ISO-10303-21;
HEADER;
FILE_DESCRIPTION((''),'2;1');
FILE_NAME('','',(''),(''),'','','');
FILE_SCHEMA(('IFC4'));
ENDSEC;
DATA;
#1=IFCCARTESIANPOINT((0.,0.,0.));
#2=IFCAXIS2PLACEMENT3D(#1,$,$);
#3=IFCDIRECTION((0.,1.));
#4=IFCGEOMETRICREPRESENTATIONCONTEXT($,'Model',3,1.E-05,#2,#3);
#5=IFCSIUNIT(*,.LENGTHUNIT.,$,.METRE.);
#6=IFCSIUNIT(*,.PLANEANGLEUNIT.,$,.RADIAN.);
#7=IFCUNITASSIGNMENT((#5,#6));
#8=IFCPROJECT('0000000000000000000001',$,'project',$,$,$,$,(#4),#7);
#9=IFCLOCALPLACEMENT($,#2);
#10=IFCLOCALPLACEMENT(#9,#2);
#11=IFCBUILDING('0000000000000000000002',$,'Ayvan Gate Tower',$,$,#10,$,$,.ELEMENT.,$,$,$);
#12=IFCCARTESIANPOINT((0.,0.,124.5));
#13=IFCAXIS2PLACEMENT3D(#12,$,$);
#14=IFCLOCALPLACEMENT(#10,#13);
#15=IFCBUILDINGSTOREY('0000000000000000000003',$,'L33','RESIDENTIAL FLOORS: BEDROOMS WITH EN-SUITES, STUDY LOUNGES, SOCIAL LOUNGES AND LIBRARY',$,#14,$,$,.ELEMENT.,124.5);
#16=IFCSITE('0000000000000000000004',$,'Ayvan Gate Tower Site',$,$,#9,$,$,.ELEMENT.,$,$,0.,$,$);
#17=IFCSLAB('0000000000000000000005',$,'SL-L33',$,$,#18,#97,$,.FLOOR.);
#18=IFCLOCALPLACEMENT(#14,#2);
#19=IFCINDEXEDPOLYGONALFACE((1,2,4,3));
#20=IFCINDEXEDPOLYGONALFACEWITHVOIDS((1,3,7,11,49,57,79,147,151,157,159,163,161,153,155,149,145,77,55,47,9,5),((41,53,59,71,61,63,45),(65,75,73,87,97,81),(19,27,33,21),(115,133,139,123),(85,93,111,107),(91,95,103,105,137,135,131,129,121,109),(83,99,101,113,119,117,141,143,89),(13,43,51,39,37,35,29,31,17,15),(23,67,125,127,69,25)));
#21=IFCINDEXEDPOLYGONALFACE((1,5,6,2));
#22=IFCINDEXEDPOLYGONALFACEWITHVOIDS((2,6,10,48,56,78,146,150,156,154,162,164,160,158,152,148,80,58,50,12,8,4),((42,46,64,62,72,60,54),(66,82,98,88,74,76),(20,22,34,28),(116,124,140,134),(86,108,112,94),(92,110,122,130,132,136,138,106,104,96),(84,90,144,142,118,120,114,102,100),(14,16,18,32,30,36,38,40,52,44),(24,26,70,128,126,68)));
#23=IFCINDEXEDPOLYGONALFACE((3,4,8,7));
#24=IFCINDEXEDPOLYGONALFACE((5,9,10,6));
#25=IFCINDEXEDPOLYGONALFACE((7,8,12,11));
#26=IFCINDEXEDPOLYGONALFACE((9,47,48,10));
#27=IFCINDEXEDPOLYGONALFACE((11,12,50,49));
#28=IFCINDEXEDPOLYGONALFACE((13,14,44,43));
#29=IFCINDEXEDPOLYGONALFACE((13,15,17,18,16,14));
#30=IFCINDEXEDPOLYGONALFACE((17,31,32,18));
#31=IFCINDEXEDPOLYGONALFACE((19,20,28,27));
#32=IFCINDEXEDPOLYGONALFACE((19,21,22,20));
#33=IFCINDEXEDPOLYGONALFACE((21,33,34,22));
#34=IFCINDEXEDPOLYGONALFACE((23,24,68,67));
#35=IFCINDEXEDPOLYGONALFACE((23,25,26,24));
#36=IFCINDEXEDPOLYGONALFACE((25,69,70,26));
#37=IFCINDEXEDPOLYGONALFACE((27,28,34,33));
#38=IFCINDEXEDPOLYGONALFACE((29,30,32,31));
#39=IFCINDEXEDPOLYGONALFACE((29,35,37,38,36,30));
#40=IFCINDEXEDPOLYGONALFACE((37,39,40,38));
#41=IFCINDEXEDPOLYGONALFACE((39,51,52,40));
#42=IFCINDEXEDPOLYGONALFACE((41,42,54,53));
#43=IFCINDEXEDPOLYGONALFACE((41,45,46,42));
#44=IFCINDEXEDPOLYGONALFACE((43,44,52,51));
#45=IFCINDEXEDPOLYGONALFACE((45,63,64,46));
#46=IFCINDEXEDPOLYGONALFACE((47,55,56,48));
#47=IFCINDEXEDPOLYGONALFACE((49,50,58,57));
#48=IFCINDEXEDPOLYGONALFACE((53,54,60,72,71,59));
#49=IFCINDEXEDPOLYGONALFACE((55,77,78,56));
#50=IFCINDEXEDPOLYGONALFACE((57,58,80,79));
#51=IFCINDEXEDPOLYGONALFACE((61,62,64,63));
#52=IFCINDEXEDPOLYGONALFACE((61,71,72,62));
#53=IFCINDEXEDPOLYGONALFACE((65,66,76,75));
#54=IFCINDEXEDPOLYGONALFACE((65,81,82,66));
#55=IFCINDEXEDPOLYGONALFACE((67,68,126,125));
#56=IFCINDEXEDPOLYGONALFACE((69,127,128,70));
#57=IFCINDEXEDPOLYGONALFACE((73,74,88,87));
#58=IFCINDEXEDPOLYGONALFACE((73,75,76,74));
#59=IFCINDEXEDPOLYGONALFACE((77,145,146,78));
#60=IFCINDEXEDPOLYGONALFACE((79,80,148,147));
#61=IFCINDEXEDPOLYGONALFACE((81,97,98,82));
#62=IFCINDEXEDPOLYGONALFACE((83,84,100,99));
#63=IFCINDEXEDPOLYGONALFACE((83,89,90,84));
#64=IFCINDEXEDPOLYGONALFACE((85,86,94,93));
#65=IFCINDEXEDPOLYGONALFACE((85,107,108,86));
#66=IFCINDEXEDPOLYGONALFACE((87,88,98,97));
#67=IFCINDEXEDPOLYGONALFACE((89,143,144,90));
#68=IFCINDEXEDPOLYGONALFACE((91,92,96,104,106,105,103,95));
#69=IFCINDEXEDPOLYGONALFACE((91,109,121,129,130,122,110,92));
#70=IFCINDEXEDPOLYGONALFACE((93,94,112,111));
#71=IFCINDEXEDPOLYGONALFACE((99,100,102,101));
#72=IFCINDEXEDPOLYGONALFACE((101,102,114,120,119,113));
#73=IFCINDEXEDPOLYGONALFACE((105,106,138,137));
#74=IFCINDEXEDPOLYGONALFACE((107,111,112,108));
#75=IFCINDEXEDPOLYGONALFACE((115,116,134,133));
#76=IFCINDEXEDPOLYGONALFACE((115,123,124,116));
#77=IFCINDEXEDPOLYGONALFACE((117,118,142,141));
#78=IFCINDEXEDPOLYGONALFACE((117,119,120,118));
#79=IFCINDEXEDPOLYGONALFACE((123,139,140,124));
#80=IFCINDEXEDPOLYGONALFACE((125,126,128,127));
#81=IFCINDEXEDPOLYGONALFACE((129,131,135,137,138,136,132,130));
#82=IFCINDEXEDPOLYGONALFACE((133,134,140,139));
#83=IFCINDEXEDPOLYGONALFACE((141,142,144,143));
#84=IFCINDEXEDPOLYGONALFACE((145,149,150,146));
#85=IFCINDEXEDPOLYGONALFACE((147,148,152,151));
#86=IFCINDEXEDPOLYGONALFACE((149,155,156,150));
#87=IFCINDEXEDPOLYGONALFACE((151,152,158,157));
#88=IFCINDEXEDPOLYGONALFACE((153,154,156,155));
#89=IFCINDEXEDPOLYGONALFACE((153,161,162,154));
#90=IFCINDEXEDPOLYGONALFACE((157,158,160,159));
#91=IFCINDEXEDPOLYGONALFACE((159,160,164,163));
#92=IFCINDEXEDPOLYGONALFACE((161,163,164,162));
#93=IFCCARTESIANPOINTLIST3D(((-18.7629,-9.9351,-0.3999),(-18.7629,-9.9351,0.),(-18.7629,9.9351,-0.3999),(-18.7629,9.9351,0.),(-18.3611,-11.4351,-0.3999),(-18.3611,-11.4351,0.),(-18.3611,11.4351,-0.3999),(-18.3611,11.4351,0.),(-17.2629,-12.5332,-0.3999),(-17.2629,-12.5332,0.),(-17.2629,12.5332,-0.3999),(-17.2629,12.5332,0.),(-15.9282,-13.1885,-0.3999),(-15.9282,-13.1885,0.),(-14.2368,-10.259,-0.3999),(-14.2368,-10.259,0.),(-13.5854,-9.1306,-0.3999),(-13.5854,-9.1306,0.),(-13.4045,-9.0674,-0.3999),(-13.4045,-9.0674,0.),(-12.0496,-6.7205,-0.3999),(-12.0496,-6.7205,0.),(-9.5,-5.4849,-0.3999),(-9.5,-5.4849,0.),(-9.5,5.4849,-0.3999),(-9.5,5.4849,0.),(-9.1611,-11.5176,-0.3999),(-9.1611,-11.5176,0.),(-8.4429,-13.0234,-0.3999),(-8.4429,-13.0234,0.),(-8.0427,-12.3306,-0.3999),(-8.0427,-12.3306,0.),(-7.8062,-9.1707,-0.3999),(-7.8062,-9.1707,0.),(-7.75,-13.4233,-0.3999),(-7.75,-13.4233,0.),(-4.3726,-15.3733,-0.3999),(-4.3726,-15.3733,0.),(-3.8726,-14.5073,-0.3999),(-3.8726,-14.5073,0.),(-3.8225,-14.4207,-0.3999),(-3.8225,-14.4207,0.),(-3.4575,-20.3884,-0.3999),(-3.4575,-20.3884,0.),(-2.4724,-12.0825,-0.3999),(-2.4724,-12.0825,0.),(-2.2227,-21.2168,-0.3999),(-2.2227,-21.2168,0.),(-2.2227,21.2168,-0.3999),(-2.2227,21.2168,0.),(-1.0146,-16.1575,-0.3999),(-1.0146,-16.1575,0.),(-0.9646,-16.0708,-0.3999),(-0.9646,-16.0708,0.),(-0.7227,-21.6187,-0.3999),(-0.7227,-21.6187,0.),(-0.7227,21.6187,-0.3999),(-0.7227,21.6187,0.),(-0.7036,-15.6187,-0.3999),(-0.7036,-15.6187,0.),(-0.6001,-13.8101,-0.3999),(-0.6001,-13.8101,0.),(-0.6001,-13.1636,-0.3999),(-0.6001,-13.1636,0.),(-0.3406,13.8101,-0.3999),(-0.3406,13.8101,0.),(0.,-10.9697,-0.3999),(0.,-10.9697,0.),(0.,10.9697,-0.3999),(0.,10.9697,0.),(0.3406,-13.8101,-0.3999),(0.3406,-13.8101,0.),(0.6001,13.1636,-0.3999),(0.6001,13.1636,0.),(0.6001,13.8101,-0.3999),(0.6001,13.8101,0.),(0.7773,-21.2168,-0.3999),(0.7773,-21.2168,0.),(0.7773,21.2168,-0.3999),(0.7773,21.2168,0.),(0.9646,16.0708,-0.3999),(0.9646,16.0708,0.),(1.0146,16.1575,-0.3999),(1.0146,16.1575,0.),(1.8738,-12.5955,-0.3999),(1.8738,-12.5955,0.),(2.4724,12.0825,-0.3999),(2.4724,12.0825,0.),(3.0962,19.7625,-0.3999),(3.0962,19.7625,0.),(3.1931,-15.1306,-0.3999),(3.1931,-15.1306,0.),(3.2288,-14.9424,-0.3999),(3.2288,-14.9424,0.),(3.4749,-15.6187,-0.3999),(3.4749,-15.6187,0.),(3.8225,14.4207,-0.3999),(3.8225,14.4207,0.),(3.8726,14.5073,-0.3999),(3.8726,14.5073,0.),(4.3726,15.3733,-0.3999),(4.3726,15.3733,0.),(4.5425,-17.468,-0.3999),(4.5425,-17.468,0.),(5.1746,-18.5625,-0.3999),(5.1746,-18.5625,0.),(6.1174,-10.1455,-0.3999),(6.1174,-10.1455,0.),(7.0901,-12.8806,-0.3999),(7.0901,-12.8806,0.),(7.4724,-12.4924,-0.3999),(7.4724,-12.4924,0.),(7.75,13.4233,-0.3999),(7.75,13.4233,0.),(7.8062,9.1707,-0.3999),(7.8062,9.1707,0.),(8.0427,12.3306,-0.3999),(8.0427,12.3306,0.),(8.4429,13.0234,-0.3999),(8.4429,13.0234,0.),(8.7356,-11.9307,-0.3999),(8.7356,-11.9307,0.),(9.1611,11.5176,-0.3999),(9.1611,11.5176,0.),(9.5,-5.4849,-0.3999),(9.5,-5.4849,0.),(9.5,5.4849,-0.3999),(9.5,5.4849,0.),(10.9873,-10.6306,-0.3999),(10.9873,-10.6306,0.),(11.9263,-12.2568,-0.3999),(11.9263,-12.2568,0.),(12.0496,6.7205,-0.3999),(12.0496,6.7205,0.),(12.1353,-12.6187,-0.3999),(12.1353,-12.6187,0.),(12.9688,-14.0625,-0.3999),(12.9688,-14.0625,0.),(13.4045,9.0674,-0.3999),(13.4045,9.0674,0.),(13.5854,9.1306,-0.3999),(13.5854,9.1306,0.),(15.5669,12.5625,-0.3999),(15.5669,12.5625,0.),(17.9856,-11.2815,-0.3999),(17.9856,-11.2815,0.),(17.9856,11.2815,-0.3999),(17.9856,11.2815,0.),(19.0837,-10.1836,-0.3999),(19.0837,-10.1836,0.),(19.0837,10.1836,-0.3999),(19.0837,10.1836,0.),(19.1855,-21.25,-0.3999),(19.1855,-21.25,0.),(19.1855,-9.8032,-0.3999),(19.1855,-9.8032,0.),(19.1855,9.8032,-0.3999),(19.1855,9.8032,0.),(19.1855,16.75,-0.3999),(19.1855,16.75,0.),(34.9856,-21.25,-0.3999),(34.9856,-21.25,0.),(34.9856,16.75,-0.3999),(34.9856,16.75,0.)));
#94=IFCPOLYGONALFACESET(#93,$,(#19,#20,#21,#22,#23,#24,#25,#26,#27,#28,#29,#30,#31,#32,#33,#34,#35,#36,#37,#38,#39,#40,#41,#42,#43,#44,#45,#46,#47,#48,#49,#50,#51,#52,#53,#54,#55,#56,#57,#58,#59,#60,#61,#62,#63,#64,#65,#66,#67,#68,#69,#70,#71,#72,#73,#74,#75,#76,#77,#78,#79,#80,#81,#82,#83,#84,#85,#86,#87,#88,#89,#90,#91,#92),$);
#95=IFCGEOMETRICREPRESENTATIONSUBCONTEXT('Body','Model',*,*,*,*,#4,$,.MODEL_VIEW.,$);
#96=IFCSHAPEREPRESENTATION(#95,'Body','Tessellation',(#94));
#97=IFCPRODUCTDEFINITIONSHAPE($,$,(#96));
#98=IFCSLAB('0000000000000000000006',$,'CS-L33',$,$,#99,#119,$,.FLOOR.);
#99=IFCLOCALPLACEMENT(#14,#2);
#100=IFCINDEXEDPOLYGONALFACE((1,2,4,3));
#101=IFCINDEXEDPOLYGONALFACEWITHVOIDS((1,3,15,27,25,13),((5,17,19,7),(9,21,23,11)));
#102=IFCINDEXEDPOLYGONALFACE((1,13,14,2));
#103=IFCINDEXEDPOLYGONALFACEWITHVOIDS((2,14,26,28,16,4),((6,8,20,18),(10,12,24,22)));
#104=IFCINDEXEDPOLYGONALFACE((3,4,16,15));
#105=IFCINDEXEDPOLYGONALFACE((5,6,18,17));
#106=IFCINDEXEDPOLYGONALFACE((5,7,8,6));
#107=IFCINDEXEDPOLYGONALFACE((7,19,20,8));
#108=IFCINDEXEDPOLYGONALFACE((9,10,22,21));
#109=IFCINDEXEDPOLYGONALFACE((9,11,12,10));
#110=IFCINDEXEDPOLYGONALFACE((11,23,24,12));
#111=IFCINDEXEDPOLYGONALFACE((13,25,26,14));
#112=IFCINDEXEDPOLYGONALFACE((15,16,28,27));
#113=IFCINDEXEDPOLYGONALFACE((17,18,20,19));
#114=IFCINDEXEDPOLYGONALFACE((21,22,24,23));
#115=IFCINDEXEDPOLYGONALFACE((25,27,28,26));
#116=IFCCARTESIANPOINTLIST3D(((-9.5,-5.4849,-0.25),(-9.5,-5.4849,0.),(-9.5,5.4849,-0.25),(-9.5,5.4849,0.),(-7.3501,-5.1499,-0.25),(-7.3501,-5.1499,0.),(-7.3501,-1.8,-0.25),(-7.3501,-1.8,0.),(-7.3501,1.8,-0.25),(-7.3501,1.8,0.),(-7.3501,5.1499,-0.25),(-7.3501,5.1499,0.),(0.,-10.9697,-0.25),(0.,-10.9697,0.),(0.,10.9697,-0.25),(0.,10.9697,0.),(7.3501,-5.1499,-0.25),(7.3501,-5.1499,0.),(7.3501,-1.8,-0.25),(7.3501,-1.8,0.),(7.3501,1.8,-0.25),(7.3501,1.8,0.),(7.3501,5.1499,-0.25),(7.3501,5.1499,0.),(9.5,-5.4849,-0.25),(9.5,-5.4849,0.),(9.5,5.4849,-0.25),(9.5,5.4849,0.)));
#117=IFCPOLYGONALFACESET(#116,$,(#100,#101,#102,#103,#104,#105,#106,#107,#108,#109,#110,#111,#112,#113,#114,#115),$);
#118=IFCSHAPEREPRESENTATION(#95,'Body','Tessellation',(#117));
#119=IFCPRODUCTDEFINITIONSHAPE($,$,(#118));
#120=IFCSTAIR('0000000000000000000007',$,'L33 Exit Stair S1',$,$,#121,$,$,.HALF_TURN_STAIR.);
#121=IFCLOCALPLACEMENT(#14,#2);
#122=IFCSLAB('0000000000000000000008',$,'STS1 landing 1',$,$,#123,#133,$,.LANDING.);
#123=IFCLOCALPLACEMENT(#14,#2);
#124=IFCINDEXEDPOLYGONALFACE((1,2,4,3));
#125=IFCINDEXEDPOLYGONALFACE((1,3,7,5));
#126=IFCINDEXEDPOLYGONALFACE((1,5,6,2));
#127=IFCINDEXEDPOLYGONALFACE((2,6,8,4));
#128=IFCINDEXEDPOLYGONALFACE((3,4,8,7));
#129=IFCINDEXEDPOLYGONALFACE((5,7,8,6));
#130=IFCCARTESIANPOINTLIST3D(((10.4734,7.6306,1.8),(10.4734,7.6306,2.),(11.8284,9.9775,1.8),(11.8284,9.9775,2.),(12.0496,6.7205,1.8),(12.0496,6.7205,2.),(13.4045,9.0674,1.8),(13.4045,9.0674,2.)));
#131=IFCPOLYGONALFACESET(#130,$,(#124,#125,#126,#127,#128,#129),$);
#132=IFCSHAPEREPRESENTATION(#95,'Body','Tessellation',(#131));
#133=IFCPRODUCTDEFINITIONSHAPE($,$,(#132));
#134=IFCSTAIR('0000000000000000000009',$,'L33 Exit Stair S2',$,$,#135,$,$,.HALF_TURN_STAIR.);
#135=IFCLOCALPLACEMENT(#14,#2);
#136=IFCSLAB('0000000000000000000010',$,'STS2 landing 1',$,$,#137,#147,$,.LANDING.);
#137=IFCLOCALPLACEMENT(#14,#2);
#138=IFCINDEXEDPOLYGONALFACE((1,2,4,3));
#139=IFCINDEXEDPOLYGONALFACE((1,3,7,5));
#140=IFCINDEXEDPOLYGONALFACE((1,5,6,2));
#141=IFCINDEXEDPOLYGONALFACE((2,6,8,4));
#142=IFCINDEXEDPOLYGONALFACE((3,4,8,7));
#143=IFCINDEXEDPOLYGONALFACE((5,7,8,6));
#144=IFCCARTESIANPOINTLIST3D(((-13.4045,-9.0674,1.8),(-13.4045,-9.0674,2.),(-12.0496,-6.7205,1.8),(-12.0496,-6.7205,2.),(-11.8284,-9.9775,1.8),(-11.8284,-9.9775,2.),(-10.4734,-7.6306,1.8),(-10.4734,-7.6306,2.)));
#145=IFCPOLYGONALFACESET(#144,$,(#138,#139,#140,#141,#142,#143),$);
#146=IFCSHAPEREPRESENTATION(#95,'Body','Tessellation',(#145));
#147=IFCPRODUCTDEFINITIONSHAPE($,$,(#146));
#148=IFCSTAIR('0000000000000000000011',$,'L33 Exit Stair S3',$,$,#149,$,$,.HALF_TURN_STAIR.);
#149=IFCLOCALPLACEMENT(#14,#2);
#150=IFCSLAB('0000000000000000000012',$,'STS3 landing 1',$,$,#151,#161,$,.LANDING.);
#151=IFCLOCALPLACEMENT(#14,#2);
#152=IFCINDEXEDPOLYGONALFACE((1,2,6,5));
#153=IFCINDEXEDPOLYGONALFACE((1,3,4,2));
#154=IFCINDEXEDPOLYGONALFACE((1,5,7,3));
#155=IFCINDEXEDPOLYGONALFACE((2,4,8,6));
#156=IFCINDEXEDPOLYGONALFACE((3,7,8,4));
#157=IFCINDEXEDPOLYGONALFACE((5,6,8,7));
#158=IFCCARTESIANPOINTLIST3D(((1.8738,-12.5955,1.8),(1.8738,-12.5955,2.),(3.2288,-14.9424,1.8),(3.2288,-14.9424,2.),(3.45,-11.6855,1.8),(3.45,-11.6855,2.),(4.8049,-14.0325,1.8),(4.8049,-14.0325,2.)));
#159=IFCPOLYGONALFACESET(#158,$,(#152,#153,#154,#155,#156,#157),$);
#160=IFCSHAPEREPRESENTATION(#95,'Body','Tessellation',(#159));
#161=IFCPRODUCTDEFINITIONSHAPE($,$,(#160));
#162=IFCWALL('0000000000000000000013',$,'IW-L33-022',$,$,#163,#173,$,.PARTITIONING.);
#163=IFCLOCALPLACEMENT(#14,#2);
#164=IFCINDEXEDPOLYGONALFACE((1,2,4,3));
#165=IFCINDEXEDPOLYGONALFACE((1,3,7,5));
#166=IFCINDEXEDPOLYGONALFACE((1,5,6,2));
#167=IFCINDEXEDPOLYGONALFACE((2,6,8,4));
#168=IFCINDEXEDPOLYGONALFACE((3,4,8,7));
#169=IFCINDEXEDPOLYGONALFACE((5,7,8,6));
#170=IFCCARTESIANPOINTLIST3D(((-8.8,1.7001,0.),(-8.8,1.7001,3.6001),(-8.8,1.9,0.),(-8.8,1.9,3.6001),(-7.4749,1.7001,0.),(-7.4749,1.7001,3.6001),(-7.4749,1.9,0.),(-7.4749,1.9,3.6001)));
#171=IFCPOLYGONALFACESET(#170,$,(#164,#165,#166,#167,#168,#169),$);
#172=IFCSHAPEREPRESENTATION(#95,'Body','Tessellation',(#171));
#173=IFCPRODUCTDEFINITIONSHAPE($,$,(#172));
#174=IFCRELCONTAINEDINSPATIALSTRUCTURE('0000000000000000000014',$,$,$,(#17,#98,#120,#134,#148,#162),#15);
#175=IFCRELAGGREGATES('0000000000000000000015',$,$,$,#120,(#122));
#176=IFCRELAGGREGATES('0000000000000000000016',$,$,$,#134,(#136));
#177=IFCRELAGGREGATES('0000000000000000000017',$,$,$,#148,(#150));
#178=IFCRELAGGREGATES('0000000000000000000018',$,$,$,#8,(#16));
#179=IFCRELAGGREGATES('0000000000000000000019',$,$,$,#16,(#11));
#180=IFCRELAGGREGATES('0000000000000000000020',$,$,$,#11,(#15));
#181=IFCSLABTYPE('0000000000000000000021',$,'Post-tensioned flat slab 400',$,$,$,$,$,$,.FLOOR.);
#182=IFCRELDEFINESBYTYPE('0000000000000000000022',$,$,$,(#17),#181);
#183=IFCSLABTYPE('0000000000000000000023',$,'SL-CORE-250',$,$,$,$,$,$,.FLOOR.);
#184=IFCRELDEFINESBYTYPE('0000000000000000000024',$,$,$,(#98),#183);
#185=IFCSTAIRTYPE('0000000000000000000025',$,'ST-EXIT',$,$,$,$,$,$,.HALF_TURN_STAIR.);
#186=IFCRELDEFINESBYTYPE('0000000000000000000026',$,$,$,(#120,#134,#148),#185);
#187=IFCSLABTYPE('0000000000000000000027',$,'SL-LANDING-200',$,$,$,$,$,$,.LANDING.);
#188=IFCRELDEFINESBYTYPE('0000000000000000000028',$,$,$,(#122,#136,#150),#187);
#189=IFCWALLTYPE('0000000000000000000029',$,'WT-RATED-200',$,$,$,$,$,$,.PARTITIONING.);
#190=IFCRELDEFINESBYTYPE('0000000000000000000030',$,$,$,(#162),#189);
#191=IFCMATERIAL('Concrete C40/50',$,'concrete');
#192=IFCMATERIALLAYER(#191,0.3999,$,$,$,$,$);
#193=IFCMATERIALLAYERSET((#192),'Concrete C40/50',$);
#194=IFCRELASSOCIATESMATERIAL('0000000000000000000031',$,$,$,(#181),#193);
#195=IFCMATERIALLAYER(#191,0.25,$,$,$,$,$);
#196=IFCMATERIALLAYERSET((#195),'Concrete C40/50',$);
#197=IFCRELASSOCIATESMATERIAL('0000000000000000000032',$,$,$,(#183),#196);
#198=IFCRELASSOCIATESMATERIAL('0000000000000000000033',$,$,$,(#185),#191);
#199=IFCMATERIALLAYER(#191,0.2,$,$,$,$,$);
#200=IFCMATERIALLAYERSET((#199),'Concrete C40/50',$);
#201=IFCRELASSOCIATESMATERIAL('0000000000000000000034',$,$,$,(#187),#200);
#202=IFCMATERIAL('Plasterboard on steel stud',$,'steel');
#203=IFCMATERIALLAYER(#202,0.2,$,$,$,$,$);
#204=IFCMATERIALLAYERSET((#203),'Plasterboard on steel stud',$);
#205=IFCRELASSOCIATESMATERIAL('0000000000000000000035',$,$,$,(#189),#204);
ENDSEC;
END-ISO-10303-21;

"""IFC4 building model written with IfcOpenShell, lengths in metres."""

from ifc_helpers import new_model, si_unit, direction, frame, frame_2d, origin, place, context, subcontext, project, spatial, polyline, rectangle, outline, extrude, material, layer, layer_set, type_object, element, aggregate, save


model = new_model("IFC4")

# Units and contexts
model_context = context("Model", 3, precision=1e-05, world=origin(), true_north=direction((0.0, 1.0)))
body_context = subcontext(model_context, "Body", "Model", "MODEL_VIEW")
ifc_project = project(units=[si_unit("LENGTHUNIT", "METRE"), si_unit("PLANEANGLEUNIT", "RADIAN")], contexts=[model_context])

# Site, building, storey
site_placement = place(None, origin())
site = spatial("IfcSite", under=ifc_project, at=site_placement, Name="Ayvan Gate Tower Site", CompositionType="ELEMENT", RefElevation=0.0)
building_placement = place(site_placement, origin())
building = spatial("IfcBuilding", under=site, at=building_placement, Name="Ayvan Gate Tower", CompositionType="ELEMENT")
storey_placement = place(building_placement, frame((0.0, 0.0, 124.5)))
storey = spatial("IfcBuildingStorey", under=building, at=storey_placement, Name="L33", Description="RESIDENTIAL FLOORS: BEDROOMS WITH EN-SUITES, STUDY LOUNGES, SOCIAL LOUNGES AND LIBRARY", CompositionType="ELEMENT", Elevation=124.5)

# Slabs
ifc_material_1 = material(Name="Concrete C40/50", Category="concrete")
ifc_layer_1 = layer(ifc_material_1, 0.3999)
ifc_layer_set_1 = layer_set([ifc_layer_1], Name="Concrete C40/50")
slab_type_1 = type_object("IfcSlabType", Name="Post-tensioned flat slab 400", PredefinedType="FLOOR", material=ifc_layer_set_1)
slab_1_placement = place(storey_placement, frame((0.0, 0.0, -0.3999)))
element("IfcSlab", 1, at=slab_1_placement, inside=storey, type_object=slab_type_1, Name="SL-L33", PredefinedType="FLOOR", context=body_context, shape_type="SweptSolid", body=[
    extrude(outline(polyline([(-2.2227, -21.2168), (-17.2629, -12.5332), (-18.3611, -11.4351), (-18.7629, -9.9351), (-18.7629, 9.9351), (-18.3611, 11.4351), (-17.2629, 12.5332), (-2.2227, 21.2168), (-0.7227, 21.6187), (0.7773, 21.2168), (17.9856, 11.2815), (19.0837, 10.1836), (19.1855, 9.8032), (19.1855, 16.75), (34.9856, 16.75), (34.9856, -21.25), (19.1855, -21.25), (19.1855, -9.8032), (19.0837, -10.1836), (17.9856, -11.2815), (0.7773, -21.2168), (-0.7227, -21.6187), (-2.2227, -21.2168)]), holes=[polyline([(8.4429, 13.0234), (8.0427, 12.3306), (13.5854, 9.1306), (15.5669, 12.5625), (3.0962, 19.7625), (1.0146, 16.1575), (3.8726, 14.5073), (4.3726, 15.3733), (7.75, 13.4233), (8.4429, 13.0234)]), polyline([(7.8062, 9.1707), (12.0496, 6.7205), (13.4045, 9.0674), (9.1611, 11.5176), (7.8062, 9.1707)]), polyline([(7.0901, -12.8806), (3.1931, -15.1306), (3.4749, -15.6187), (4.5425, -17.468), (5.1746, -18.5625), (12.9688, -14.0625), (12.1353, -12.6187), (11.9263, -12.2568), (10.9873, -10.6306), (8.7356, -11.9307), (7.0901, -12.8806)]), polyline([(-9.5, -5.4849), (0.0, -10.9697), (9.5, -5.4849), (9.5, 5.4849), (0.0, 10.9697), (-9.5, 5.4849), (-9.5, -5.4849)]), polyline([(6.1174, -10.1455), (1.8738, -12.5955), (3.2288, -14.9424), (7.4724, -12.4924), (6.1174, -10.1455)]), polyline([(0.9646, 16.0708), (-0.3406, 13.8101), (0.6001, 13.8101), (0.6001, 13.1636), (2.4724, 12.0825), (3.8225, 14.4207), (0.9646, 16.0708)]), polyline([(-0.6001, -13.1636), (-2.4724, -12.0825), (-3.8225, -14.4207), (-0.9646, -16.0708), (-0.7036, -15.6187), (0.3406, -13.8101), (-0.6001, -13.8101), (-0.6001, -13.1636)]), polyline([(-15.9282, -13.1885), (-3.4575, -20.3884), (-1.0146, -16.1575), (-3.8726, -14.5073), (-4.3726, -15.3733), (-7.75, -13.4233), (-8.4429, -13.0234), (-8.0427, -12.3306), (-13.5854, -9.1306), (-14.2368, -10.259), (-15.9282, -13.1885)]), polyline([(-13.4045, -9.0674), (-9.1611, -11.5176), (-7.8062, -9.1707), (-12.0496, -6.7205), (-13.4045, -9.0674)])]), origin(), (0.0, 0.0, 1.0), 0.3999),
])
ifc_layer_2 = layer(ifc_material_1, 0.25)
ifc_layer_set_2 = layer_set([ifc_layer_2], Name="Concrete C40/50")
slab_type_2 = type_object("IfcSlabType", Name="SL-CORE-250", PredefinedType="FLOOR", material=ifc_layer_set_2)
slab_2_placement = place(storey_placement, frame((0.0, 0.0, -0.25)))
element("IfcSlab", 2, at=slab_2_placement, inside=storey, type_object=slab_type_2, Name="CS-L33", PredefinedType="FLOOR", context=body_context, shape_type="SweptSolid", body=[
    extrude(outline(polyline([(9.5, -5.4849), (0.0, -10.9697), (-9.5, -5.4849), (-9.5, 5.4849), (0.0, 10.9697), (9.5, 5.4849), (9.5, -5.4849)]), holes=[polyline([(-7.3501, -1.8), (-7.3501, -5.1499), (7.3501, -5.1499), (7.3501, -1.8), (-7.3501, -1.8)]), polyline([(-7.3501, 5.1499), (-7.3501, 1.8), (7.3501, 1.8), (7.3501, 5.1499), (-7.3501, 5.1499)])]), origin(), (0.0, 0.0, 1.0), 0.25),
])

# Stairs, slabs
stair_type = type_object("IfcStairType", Name="ST-EXIT", PredefinedType="HALF_TURN_STAIR", material=ifc_material_1)
stair_1_placement = place(storey_placement, origin())
stair_1 = element("IfcStair", 3, at=stair_1_placement, inside=storey, type_object=stair_type, Name="L33 Exit Stair S1", PredefinedType="HALF_TURN_STAIR")
ifc_layer_3 = layer(ifc_material_1, 0.2)
ifc_layer_set_3 = layer_set([ifc_layer_3], Name="Concrete C40/50")
slab_type_3 = type_object("IfcSlabType", Name="SL-LANDING-200", PredefinedType="LANDING", material=ifc_layer_set_3)
slab_3_placement = place(storey_placement, frame((0.0, 0.0, 1.8)))
slab_3 = element("IfcSlab", 4, at=slab_3_placement, type_object=slab_type_3, Name="STS1 landing 1", PredefinedType="LANDING", context=body_context, shape_type="SweptSolid", body=[
    extrude(outline(polyline([(10.4734, 7.6306), (12.0496, 6.7205), (13.4045, 9.0674), (11.8284, 9.9775), (10.4734, 7.6306)])), origin(), (0.0, 0.0, 1.0), 0.2),
])
aggregate(stair_1, [slab_3])
stair_2_placement = place(storey_placement, origin())
stair_2 = element("IfcStair", 5, at=stair_2_placement, inside=storey, type_object=stair_type, Name="L33 Exit Stair S2", PredefinedType="HALF_TURN_STAIR")
slab_4_placement = place(storey_placement, frame((0.0, 0.0, 1.8)))
slab_4 = element("IfcSlab", 6, at=slab_4_placement, type_object=slab_type_3, Name="STS2 landing 1", PredefinedType="LANDING", context=body_context, shape_type="SweptSolid", body=[
    extrude(outline(polyline([(-10.4734, -7.6306), (-12.0496, -6.7205), (-13.4045, -9.0674), (-11.8284, -9.9775), (-10.4734, -7.6306)])), origin(), (0.0, 0.0, 1.0), 0.2),
])
aggregate(stair_2, [slab_4])
stair_3_placement = place(storey_placement, origin())
stair_3 = element("IfcStair", 7, at=stair_3_placement, inside=storey, type_object=stair_type, Name="L33 Exit Stair S3", PredefinedType="HALF_TURN_STAIR")
slab_5_placement = place(storey_placement, frame((0.0, 0.0, 1.8)))
slab_5 = element("IfcSlab", 8, at=slab_5_placement, type_object=slab_type_3, Name="STS3 landing 1", PredefinedType="LANDING", context=body_context, shape_type="SweptSolid", body=[
    extrude(outline(polyline([(3.45, -11.6855), (1.8738, -12.5955), (3.2288, -14.9424), (4.8049, -14.0325), (3.45, -11.6855)])), origin(), (0.0, 0.0, 1.0), 0.2),
])
aggregate(stair_3, [slab_5])

# Wall
ifc_material_2 = material(Name="Plasterboard on steel stud", Category="steel")
ifc_layer_4 = layer(ifc_material_2, 0.2)
ifc_layer_set_4 = layer_set([ifc_layer_4], Name="Plasterboard on steel stud")
wall_type_1 = type_object("IfcWallType", Name="WT-RATED-200", PredefinedType="PARTITIONING", material=ifc_layer_set_4)
wall_1_placement = place(storey_placement, frame((-8.8, 1.8, 0.0), z_axis=(0.0, 0.0, 1.0), x_axis=(1.0, 0.0, 0.0)))
element("IfcWall", 9, at=wall_1_placement, inside=storey, type_object=wall_type_1, Name="IW-L33-022", PredefinedType="PARTITIONING", context=body_context, shape_type="SweptSolid", body=[
    extrude(rectangle(XDim=1.3252, YDim=0.2, at=frame_2d((0.6626, 0.0))), origin(), (0.0, 0.0, 1.0), 3.6001),
])

save(model, "model.ifc")
